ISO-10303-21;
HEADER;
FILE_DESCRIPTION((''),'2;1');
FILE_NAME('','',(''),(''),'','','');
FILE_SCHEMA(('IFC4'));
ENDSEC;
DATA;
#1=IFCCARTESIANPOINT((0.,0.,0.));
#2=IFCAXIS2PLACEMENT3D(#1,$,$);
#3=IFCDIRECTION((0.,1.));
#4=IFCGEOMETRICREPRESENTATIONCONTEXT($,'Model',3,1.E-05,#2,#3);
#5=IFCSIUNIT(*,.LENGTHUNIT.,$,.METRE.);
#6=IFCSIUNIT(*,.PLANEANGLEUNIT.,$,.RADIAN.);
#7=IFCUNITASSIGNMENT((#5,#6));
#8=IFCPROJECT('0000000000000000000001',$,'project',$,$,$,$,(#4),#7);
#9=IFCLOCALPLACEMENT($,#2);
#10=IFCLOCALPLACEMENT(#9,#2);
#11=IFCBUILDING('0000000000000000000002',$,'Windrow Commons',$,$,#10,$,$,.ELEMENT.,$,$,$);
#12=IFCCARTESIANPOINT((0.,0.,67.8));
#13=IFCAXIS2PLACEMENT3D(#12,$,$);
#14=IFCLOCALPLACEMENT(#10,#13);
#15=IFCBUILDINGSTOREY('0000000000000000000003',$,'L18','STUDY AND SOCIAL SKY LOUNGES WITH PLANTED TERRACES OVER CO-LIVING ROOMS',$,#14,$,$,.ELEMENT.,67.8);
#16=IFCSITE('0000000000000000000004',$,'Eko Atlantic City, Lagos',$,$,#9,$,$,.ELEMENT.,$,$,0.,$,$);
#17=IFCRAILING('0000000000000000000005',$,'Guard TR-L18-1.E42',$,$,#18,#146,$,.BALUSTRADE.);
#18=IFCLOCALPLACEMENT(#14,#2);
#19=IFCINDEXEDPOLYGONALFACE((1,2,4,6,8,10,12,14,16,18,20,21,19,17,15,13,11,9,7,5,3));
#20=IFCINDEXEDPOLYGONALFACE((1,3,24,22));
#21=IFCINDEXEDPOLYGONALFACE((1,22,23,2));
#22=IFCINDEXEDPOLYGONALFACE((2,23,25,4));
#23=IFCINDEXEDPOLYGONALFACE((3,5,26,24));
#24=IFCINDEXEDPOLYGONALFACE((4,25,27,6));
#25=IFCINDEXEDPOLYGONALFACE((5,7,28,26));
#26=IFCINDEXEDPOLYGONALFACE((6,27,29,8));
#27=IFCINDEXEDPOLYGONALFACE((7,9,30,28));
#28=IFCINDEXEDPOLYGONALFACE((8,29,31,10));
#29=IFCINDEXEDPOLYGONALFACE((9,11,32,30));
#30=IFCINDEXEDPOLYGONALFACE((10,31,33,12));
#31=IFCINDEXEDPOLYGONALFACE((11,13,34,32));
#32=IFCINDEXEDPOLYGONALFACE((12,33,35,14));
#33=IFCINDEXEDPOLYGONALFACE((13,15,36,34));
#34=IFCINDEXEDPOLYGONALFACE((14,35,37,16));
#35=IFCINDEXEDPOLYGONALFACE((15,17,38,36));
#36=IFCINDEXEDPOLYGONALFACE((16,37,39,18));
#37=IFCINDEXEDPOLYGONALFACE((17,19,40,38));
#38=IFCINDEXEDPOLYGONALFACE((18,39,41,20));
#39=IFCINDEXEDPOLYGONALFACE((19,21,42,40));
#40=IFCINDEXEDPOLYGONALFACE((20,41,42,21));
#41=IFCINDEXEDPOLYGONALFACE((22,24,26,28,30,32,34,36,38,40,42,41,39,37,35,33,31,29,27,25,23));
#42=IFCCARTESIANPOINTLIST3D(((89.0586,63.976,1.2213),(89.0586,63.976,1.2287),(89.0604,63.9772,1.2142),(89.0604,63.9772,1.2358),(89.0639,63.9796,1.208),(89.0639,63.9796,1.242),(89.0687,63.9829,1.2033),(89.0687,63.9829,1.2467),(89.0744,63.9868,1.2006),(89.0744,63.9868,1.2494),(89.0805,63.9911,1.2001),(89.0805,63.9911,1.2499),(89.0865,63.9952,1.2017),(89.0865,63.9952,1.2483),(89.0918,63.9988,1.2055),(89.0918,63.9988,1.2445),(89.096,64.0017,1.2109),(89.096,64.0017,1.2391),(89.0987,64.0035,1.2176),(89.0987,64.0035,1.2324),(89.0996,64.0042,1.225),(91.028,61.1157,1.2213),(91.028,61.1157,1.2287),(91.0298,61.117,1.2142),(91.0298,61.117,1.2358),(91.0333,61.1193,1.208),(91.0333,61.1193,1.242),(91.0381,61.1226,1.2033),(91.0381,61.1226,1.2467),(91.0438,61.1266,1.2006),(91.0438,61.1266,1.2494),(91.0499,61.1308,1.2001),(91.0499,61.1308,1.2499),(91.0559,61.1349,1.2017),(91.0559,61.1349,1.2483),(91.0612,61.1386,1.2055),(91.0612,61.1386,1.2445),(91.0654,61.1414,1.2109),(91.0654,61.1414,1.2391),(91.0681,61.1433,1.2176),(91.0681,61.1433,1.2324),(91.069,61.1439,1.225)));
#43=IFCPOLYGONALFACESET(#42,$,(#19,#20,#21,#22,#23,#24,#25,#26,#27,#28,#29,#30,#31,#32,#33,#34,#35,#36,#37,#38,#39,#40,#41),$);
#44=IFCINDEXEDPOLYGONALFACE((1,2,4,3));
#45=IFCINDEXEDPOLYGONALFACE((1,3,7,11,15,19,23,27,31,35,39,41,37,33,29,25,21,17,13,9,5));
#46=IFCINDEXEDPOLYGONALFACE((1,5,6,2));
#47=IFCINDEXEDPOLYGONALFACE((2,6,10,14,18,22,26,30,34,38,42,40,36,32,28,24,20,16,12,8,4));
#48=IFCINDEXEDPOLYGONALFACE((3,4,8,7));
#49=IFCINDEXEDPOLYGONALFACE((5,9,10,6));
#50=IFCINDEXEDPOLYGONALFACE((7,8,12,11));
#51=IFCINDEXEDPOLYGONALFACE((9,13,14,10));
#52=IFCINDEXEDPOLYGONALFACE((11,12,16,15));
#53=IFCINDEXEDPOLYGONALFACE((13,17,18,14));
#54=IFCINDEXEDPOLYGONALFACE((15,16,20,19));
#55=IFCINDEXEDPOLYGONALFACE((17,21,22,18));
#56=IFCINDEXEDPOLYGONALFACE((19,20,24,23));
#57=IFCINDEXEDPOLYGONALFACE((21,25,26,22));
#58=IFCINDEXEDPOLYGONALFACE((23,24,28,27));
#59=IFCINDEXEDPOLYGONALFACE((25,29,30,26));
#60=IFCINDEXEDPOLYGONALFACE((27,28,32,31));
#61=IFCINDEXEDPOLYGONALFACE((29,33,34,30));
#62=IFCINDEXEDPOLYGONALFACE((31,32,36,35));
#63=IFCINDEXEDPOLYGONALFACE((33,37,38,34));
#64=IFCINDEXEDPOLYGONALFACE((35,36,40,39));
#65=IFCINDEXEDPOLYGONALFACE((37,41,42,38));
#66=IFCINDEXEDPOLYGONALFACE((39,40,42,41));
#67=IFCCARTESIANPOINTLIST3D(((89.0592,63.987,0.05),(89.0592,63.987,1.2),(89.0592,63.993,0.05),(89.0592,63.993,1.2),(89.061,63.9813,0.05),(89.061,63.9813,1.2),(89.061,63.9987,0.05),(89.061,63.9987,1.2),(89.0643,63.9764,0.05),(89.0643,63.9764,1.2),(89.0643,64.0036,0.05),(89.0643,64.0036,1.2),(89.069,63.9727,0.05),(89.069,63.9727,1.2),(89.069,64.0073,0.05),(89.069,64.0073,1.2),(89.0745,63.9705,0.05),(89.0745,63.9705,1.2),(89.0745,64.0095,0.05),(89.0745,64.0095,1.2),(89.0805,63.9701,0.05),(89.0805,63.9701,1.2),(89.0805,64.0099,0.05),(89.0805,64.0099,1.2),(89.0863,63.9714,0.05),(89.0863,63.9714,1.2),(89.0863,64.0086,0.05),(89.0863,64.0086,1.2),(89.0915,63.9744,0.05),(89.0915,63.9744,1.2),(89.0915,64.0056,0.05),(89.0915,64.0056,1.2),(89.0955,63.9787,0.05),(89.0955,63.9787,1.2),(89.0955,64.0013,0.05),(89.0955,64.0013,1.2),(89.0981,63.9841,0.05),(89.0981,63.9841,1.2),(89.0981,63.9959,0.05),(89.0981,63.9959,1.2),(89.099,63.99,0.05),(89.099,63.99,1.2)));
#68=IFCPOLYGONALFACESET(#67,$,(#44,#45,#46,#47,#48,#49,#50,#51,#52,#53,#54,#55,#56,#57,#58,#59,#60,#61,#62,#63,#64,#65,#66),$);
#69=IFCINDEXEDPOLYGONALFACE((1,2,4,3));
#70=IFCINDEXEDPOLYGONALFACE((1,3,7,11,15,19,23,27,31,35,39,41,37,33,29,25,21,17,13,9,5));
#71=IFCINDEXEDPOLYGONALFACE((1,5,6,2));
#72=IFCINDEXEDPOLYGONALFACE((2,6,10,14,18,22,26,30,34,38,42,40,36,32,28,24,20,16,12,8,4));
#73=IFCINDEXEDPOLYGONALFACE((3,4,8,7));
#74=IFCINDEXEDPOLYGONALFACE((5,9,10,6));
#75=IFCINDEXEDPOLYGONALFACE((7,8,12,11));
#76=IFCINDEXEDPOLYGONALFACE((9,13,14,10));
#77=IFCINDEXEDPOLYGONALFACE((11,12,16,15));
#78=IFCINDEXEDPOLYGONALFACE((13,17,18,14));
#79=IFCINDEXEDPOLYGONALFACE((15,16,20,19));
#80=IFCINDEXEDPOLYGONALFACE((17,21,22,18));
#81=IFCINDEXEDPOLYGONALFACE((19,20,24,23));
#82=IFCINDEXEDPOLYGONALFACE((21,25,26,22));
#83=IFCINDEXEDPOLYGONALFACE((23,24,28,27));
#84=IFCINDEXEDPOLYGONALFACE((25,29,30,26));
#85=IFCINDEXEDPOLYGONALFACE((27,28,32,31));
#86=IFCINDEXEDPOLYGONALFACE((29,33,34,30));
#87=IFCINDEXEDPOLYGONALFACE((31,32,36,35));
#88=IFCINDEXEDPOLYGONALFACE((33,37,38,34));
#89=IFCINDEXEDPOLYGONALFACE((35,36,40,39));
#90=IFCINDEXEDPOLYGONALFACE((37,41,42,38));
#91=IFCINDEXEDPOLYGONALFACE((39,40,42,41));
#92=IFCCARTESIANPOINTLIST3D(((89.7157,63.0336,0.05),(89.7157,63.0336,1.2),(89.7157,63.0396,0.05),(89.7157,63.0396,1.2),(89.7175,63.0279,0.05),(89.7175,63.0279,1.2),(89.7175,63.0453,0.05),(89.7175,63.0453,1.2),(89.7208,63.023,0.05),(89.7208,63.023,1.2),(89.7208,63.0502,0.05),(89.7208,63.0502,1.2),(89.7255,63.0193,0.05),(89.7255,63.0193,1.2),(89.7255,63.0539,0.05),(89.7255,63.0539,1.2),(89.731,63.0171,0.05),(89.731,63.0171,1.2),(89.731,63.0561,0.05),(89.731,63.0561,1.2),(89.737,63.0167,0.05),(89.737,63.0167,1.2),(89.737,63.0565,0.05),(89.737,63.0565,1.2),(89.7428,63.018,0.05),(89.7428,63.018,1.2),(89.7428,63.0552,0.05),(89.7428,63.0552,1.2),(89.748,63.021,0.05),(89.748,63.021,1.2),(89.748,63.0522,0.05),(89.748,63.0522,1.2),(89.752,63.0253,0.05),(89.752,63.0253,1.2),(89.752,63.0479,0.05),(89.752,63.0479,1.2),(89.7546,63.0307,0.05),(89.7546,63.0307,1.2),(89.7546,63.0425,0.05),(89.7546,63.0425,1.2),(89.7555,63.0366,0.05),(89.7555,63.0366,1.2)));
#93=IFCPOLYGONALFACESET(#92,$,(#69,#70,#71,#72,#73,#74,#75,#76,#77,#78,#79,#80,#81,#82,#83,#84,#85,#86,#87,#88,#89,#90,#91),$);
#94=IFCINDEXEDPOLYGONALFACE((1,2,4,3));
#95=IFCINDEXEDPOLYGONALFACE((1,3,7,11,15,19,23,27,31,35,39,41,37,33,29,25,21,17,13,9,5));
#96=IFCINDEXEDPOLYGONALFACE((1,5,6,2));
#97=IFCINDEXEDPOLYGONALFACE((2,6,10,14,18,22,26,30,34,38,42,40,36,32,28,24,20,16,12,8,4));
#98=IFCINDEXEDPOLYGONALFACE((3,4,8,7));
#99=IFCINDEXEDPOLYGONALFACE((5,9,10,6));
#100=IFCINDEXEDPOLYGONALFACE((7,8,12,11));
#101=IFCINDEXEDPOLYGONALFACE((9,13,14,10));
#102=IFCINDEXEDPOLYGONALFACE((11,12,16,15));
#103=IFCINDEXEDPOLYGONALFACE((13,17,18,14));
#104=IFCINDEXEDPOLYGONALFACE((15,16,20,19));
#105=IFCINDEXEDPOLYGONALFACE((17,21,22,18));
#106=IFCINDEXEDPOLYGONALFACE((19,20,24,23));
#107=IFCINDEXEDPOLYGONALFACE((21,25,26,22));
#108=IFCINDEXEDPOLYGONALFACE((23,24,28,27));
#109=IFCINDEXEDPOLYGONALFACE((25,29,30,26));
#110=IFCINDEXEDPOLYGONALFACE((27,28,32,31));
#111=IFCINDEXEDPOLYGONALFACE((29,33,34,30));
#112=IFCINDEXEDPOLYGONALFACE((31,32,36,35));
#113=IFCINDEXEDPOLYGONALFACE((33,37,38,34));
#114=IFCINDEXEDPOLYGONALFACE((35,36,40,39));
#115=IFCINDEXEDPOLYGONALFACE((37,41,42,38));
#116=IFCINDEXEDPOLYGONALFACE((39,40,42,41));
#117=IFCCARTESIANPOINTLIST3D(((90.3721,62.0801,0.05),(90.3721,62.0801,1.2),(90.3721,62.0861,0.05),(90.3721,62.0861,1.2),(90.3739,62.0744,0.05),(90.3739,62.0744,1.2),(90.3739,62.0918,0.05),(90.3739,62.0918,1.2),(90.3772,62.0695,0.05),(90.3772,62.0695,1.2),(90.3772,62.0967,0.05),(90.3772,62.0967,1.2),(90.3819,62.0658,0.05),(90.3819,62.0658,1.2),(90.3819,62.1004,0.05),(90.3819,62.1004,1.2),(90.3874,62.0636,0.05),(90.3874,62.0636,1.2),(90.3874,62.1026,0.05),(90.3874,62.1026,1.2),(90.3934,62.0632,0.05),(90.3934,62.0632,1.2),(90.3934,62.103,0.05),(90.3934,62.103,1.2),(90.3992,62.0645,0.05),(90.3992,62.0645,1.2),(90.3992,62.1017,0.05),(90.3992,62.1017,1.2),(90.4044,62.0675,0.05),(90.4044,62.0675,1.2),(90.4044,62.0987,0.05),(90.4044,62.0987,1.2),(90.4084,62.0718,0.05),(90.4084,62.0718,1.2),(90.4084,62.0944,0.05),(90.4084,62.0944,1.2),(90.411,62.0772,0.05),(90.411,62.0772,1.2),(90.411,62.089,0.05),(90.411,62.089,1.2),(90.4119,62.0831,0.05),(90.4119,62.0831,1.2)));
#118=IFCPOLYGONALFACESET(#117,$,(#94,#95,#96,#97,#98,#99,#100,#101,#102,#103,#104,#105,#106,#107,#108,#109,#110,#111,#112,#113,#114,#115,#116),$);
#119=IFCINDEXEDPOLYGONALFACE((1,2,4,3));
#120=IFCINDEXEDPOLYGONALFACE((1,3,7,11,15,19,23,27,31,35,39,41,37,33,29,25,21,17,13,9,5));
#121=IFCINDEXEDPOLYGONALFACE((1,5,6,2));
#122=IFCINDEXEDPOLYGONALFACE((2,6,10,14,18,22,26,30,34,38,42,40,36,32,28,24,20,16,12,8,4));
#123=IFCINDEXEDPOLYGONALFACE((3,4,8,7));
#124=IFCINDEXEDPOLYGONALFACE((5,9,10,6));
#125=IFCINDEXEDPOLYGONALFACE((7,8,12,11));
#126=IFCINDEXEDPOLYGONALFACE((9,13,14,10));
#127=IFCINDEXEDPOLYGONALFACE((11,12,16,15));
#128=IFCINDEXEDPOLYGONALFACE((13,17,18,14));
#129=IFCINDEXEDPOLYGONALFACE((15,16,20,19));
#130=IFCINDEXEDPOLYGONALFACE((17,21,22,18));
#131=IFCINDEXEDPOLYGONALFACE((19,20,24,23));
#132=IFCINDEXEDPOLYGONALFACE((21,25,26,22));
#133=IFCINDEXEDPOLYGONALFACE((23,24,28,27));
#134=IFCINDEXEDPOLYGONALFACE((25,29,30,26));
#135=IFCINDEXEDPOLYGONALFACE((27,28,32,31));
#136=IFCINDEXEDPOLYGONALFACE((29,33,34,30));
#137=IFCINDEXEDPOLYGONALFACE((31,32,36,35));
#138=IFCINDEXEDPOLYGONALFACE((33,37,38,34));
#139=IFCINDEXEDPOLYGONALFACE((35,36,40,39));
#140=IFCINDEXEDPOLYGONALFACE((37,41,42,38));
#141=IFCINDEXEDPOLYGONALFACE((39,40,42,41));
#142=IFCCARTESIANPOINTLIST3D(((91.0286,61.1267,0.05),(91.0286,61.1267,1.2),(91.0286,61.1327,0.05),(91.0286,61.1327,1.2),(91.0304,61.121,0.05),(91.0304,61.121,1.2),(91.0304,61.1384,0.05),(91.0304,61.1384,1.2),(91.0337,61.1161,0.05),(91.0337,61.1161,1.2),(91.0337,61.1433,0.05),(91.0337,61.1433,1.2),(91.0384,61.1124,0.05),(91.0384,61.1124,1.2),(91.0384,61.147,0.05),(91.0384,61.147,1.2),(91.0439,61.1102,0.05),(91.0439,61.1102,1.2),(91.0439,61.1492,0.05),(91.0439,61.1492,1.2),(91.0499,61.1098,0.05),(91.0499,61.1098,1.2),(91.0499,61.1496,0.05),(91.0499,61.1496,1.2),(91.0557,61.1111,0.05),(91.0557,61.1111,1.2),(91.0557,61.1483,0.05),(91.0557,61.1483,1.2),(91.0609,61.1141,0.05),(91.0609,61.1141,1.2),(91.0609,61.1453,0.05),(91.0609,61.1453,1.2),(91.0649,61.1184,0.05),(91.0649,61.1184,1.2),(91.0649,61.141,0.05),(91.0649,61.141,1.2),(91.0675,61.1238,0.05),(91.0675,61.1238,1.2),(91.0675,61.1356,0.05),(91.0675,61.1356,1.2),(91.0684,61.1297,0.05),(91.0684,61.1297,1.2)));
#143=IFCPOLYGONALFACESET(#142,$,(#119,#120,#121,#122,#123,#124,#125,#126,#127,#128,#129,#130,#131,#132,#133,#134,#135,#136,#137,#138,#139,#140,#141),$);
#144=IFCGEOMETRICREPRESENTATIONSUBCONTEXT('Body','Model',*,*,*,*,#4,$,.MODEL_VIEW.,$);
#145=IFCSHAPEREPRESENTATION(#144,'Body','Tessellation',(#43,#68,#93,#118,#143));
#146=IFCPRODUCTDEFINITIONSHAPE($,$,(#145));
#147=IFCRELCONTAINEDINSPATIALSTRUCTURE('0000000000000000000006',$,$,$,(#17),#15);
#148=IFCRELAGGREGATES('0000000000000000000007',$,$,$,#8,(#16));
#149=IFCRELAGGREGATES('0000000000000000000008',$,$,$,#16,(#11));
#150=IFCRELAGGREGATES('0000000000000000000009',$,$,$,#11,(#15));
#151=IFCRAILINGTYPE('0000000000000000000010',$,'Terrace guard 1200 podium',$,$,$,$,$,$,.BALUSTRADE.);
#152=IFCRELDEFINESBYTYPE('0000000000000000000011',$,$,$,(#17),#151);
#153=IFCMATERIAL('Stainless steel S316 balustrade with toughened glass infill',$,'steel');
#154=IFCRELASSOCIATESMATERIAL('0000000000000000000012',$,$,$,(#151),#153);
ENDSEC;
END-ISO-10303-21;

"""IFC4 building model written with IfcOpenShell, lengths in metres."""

from ifc_helpers import new_model, si_unit, direction, frame, origin, origin_2d, place, context, subcontext, project, spatial, circle, extrude, material, type_object, element, save


model = new_model("IFC4")

# Units and contexts
model_context = context("Model", 3, precision=1e-05, world=origin(), true_north=direction((0.0, 1.0)))
body_context = subcontext(model_context, "Body", "Model", "MODEL_VIEW")
ifc_project = project(units=[si_unit("LENGTHUNIT", "METRE"), si_unit("PLANEANGLEUNIT", "RADIAN")], contexts=[model_context])

# Site, building, storey
site_placement = place(None, origin())
site = spatial("IfcSite", under=ifc_project, at=site_placement, Name="Eko Atlantic City, Lagos", CompositionType="ELEMENT", RefElevation=0.0)
building_placement = place(site_placement, origin())
building = spatial("IfcBuilding", under=site, at=building_placement, Name="Windrow Commons", CompositionType="ELEMENT")
storey_placement = place(building_placement, frame((0.0, 0.0, 67.8)))
storey = spatial("IfcBuildingStorey", under=building, at=storey_placement, Name="L18", Description="STUDY AND SOCIAL SKY LOUNGES WITH PLANTED TERRACES OVER CO-LIVING ROOMS", CompositionType="ELEMENT", Elevation=67.8)

# Railing
ifc_material_1 = material(Name="Stainless steel S316 balustrade with toughened glass infill", Category="steel")
railing_type_1 = type_object("IfcRailingType", Name="Terrace guard 1200 podium", PredefinedType="BALUSTRADE", material=ifc_material_1)
railing_1_placement = place(storey_placement, frame((89.079, 63.99, 0.05)))
element("IfcRailing", 1, at=railing_1_placement, inside=storey, type_object=railing_type_1, Name="Guard TR-L18-1.E42", PredefinedType="BALUSTRADE", context=body_context, shape_type="SweptSolid", body=[
    extrude(circle(Radius=0.025, at=origin_2d()), frame((0.0, 0.0, 1.175), z_axis=(0.567104, -0.823646, 0.0), x_axis=(0.823646, 0.567104, 0.0)), (0.0, 0.0, 1.0), 3.4727),
    extrude(circle(Radius=0.02, at=origin_2d()), origin(), (0.0, 0.0, 1.0), 1.15),
    extrude(circle(Radius=0.02, at=origin_2d()), frame((0.6565, -0.9534, 0.0)), (0.0, 0.0, 1.0), 1.15),
    extrude(circle(Radius=0.02, at=origin_2d()), frame((1.3129, -1.9069, 0.0)), (0.0, 0.0, 1.0), 1.15),
    extrude(circle(Radius=0.02, at=origin_2d()), frame((1.9694, -2.8603, 0.0)), (0.0, 0.0, 1.0), 1.15),
])

save(model, "model.ifc")
